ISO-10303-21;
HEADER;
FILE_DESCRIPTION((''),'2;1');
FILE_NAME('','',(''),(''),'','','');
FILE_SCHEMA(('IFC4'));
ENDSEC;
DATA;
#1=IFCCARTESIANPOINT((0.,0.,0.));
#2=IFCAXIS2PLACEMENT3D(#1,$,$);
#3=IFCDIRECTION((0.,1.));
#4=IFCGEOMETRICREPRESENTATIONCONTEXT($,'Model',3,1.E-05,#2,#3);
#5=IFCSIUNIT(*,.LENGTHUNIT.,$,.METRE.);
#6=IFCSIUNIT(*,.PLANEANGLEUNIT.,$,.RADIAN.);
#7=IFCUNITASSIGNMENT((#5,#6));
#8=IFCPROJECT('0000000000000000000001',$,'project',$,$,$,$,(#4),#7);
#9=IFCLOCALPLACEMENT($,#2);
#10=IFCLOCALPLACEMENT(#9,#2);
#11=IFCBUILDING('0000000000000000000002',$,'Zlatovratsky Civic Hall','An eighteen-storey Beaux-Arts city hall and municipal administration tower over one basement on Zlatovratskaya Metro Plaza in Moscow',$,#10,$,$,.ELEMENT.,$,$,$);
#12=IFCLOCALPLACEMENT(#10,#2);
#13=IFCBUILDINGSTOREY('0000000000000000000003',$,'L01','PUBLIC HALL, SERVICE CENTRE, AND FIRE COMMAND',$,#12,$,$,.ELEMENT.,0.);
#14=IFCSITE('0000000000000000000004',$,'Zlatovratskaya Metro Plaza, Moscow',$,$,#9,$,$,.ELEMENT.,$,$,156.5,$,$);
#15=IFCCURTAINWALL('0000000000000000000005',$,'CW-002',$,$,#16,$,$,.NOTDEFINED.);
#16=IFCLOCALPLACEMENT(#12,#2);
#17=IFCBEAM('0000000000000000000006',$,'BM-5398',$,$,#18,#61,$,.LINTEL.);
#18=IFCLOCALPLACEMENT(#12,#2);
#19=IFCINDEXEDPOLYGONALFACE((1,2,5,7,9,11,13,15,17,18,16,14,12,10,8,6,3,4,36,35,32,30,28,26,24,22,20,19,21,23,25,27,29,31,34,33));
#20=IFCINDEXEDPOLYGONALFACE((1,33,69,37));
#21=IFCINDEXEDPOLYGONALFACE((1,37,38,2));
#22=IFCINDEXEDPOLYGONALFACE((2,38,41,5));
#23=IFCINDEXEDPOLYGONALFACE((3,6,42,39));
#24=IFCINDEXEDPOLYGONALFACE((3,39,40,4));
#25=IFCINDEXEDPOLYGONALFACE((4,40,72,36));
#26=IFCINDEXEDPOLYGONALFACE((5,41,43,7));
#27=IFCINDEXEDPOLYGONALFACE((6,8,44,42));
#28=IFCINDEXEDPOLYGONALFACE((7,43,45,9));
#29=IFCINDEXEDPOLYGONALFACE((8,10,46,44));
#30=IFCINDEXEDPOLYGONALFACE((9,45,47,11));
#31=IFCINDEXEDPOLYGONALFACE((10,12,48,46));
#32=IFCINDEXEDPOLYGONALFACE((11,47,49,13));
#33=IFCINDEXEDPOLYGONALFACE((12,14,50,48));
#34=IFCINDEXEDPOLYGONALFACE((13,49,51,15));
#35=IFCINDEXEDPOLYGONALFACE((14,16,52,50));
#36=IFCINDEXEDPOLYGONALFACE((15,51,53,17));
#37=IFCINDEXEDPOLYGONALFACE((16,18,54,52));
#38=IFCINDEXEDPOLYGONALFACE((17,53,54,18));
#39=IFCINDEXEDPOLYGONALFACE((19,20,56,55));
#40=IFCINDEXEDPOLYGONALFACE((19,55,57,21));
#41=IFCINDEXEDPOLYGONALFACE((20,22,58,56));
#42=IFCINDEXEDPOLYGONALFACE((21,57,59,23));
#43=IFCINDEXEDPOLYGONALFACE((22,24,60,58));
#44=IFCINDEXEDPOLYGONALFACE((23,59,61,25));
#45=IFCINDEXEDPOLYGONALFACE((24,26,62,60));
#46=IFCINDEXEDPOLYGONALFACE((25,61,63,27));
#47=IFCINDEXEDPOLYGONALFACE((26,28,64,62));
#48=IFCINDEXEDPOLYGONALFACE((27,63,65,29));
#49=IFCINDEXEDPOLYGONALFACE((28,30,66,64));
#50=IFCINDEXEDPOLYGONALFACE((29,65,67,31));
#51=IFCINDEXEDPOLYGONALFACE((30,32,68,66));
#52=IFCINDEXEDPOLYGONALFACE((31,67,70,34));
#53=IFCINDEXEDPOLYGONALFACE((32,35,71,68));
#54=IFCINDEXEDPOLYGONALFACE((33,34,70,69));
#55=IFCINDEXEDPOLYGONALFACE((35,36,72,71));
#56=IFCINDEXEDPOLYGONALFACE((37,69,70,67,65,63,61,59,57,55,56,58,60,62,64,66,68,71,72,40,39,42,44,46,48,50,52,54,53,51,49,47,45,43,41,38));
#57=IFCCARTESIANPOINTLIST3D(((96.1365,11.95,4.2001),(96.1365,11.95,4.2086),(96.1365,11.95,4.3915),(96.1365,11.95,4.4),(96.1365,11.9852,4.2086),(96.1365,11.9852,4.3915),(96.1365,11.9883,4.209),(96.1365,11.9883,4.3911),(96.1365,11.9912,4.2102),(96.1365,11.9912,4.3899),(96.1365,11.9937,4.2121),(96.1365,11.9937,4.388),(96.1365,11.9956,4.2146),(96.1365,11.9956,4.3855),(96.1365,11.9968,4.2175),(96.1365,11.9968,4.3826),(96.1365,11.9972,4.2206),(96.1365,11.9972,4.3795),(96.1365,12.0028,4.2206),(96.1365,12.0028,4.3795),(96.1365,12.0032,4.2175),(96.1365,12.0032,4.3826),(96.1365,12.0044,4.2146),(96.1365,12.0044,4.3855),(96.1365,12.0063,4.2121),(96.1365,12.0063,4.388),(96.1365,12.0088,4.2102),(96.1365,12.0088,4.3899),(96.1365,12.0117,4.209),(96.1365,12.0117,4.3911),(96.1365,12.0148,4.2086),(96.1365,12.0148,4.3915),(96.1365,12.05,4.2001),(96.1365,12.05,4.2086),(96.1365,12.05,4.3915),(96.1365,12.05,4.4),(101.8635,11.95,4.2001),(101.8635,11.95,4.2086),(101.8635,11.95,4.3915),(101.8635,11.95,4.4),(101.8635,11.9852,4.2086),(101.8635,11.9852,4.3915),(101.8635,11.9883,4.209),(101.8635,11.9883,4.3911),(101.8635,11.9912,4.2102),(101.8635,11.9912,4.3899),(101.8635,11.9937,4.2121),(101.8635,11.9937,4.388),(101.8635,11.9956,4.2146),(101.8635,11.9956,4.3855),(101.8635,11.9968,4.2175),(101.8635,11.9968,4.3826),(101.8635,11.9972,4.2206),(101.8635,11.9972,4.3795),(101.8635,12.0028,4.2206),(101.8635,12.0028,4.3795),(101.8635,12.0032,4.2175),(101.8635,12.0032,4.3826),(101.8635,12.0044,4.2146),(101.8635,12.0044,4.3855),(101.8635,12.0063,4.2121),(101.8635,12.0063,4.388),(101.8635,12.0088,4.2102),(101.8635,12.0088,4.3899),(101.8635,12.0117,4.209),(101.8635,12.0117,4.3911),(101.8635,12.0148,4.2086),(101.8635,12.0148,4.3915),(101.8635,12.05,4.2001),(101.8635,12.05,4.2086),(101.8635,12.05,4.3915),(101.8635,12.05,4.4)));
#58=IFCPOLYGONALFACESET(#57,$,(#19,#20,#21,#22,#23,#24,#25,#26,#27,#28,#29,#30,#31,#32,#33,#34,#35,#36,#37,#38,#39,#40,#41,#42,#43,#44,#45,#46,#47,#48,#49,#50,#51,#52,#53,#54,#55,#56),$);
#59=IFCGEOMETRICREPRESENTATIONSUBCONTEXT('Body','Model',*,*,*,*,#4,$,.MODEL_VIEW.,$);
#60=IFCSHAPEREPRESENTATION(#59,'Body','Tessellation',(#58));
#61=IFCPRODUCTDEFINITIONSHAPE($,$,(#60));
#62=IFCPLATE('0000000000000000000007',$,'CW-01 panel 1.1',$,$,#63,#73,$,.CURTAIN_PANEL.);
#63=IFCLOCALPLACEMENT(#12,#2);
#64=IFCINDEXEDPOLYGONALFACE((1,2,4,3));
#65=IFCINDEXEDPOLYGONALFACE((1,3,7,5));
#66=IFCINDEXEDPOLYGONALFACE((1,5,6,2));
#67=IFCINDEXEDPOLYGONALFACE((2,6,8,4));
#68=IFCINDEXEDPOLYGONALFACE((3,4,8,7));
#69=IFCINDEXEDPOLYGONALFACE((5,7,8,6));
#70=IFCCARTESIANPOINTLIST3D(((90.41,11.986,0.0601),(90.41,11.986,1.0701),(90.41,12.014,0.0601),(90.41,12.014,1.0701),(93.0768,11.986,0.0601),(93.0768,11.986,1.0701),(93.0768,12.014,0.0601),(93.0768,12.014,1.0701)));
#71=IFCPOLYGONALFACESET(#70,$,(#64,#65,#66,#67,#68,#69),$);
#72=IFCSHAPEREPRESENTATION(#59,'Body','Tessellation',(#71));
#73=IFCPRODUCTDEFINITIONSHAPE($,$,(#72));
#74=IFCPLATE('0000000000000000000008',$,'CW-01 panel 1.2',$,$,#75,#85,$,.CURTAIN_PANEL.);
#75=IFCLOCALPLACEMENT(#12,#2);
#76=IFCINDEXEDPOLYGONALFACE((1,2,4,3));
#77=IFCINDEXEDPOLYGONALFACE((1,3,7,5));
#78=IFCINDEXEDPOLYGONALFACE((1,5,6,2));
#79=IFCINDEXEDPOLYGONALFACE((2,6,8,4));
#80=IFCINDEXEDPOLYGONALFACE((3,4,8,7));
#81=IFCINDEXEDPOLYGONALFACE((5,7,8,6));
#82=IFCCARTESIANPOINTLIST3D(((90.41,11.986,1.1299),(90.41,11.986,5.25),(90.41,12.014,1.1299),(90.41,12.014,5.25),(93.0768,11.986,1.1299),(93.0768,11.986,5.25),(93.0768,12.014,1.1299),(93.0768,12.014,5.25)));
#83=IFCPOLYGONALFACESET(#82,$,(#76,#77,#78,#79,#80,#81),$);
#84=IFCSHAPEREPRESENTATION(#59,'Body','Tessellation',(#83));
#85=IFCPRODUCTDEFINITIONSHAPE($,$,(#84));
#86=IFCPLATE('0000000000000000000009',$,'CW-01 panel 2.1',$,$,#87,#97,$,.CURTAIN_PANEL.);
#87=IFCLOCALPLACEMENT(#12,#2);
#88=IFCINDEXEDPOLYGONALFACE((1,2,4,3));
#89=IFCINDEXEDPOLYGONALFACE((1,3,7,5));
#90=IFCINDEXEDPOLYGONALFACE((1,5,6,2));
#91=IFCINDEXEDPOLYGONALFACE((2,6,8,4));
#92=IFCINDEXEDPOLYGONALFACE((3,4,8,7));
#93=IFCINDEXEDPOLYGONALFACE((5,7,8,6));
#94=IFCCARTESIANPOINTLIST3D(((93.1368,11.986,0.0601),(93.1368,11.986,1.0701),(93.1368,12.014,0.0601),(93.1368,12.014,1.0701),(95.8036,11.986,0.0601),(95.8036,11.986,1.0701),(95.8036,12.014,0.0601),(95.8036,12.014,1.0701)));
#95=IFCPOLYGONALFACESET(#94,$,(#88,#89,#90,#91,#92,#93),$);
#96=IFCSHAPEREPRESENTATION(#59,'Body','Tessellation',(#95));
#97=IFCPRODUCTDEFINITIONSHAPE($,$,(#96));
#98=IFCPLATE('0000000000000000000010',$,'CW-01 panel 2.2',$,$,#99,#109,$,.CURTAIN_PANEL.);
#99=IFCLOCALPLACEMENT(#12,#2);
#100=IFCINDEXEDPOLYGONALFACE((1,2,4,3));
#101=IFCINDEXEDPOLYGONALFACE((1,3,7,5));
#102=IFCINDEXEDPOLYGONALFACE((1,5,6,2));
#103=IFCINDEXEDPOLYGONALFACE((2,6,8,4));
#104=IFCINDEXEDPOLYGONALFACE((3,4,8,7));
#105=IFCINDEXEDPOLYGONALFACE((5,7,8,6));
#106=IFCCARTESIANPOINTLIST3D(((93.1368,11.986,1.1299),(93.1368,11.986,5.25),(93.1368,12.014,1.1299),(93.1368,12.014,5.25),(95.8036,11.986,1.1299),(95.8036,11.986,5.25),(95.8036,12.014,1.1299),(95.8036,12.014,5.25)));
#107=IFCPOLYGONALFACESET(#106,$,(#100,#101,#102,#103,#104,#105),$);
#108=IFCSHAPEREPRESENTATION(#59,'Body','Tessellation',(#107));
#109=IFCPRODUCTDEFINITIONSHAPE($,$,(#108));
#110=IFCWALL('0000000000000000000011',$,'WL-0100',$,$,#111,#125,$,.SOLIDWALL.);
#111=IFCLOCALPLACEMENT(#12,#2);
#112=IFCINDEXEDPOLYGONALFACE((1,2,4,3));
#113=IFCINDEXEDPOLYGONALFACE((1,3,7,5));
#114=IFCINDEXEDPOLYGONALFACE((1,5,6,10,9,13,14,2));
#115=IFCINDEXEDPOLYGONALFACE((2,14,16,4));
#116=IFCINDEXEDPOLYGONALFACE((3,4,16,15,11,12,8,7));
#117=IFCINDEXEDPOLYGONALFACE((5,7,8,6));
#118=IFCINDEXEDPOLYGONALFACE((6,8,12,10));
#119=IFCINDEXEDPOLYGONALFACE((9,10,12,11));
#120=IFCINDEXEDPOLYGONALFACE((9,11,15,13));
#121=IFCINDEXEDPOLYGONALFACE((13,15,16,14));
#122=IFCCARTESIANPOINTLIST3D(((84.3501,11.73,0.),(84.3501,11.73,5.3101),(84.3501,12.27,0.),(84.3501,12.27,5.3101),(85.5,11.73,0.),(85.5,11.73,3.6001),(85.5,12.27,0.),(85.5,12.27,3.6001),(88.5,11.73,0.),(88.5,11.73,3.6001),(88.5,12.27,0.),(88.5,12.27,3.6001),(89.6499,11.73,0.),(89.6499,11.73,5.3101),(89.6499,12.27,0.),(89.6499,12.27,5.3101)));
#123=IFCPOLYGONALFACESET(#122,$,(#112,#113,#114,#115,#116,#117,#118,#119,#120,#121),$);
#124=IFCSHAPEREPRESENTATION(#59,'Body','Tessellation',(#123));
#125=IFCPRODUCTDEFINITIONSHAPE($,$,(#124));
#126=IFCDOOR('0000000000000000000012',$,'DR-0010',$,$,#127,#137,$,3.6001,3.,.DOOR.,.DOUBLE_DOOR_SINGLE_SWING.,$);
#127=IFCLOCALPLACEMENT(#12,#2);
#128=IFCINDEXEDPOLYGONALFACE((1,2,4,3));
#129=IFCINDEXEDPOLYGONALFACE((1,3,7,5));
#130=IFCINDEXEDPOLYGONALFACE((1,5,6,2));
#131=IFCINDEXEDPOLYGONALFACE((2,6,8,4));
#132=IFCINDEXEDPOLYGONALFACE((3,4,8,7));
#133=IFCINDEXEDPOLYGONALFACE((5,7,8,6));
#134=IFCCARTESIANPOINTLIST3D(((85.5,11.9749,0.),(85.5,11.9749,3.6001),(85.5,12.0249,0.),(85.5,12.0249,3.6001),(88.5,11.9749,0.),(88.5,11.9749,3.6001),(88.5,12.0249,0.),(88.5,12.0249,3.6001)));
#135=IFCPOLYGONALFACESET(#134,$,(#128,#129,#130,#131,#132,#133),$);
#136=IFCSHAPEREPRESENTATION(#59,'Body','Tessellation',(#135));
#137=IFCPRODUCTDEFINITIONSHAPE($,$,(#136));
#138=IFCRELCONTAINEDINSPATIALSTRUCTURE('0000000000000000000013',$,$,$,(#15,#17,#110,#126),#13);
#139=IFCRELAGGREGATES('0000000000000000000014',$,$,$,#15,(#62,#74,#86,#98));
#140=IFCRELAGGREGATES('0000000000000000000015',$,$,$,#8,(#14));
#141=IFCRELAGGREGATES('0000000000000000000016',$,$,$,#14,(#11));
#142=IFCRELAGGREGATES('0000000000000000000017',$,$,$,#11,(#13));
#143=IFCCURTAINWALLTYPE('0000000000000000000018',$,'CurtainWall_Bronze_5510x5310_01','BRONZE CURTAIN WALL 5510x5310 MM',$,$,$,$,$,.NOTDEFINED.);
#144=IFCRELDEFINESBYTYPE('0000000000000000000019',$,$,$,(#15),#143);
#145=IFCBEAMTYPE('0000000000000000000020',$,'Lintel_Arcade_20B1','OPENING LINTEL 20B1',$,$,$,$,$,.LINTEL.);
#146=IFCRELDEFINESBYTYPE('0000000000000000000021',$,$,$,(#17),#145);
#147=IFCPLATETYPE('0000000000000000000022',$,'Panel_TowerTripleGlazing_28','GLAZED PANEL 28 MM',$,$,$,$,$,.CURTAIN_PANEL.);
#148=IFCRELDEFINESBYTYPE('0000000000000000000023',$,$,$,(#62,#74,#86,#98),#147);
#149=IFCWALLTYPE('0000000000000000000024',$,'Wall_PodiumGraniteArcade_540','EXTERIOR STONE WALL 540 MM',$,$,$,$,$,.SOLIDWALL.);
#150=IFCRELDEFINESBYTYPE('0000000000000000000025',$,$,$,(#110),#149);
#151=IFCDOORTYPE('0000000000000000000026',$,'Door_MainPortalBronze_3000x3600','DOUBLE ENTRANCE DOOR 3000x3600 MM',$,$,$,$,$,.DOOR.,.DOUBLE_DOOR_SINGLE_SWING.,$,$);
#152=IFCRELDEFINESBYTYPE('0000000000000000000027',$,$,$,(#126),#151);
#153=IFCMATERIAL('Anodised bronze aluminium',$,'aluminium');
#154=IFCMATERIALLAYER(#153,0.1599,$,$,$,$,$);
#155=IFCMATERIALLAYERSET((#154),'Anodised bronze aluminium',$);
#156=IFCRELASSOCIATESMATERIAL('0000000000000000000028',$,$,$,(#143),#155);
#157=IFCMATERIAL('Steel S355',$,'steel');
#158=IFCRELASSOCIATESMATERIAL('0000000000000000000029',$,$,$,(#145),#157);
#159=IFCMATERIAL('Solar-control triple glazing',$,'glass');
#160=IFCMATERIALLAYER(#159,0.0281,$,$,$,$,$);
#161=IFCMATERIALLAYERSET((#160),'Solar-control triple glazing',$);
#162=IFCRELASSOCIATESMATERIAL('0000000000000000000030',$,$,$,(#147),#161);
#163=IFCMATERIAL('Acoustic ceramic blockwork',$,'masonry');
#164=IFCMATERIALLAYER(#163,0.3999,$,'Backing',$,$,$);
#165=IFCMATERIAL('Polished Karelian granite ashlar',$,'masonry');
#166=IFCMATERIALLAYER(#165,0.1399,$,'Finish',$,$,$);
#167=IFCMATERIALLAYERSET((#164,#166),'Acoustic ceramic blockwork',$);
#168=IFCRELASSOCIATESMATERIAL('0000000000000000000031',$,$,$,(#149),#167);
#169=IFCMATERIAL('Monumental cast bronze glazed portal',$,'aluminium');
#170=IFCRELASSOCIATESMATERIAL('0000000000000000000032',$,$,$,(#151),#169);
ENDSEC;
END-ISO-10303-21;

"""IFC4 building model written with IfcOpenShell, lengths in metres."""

from ifc_helpers import new_model, si_unit, direction, frame, frame_2d, origin, origin_2d, place, context, subcontext, project, spatial, rectangle, i_section, extrude, material, layer, layer_set, material_profile, profile_set, type_object, element, fill, aggregate, save


model = new_model("IFC4")

# Units and contexts
model_context = context("Model", 3, precision=1e-05, world=origin(), true_north=direction((0.0, 1.0)))
body_context = subcontext(model_context, "Body", "Model", "MODEL_VIEW")
ifc_project = project(units=[si_unit("LENGTHUNIT", "METRE"), si_unit("PLANEANGLEUNIT", "RADIAN")], contexts=[model_context])

# Site, building, storey
site_placement = place(None, origin())
site = spatial("IfcSite", under=ifc_project, at=site_placement, Name="Zlatovratskaya Metro Plaza, Moscow", CompositionType="ELEMENT", RefElevation=156.5)
building_placement = place(site_placement, origin())
building = spatial("IfcBuilding", under=site, at=building_placement, Name="Zlatovratsky Civic Hall", Description="An eighteen-storey Beaux-Arts city hall and municipal administration tower over one basement on Zlatovratskaya Metro Plaza in Moscow", CompositionType="ELEMENT")
storey_placement = place(building_placement, origin())
storey = spatial("IfcBuildingStorey", under=building, at=storey_placement, Name="L01", Description="PUBLIC HALL, SERVICE CENTRE, AND FIRE COMMAND", CompositionType="ELEMENT", Elevation=0.0)

# Shared definitions
ifc_material_1 = material(Name="Steel S355", Category="steel")

# Curtain wall
ifc_material_2 = material(Name="Anodised bronze aluminium", Category="aluminium")
ifc_layer_1 = layer(ifc_material_2, 0.1599)
ifc_layer_set_1 = layer_set([ifc_layer_1], Name="Anodised bronze aluminium")
curtain_wall_type = type_object("IfcCurtainWallType", Name="CurtainWall_Bronze_5510x5310_01", Description="BRONZE CURTAIN WALL 5510x5310 MM", PredefinedType="NOTDEFINED", material=ifc_layer_set_1)
curtain_wall_placement = place(storey_placement, origin())
curtain_wall = element("IfcCurtainWall", 1, at=curtain_wall_placement, inside=storey, type_object=curtain_wall_type, Name="CW-002", PredefinedType="NOTDEFINED")

# Beam
ifc_material_profile_1 = material_profile(ifc_material_1, i_section(OverallWidth=0.1001, OverallDepth=0.2, WebThickness=0.0056, FlangeThickness=0.0085, FilletRadius=0.012, at=origin_2d()), Name="20B1")
ifc_profile_set_1 = profile_set([ifc_material_profile_1], Name="Steel S355")
beam_type_1 = type_object("IfcBeamType", Name="Lintel_Arcade_20B1", Description="OPENING LINTEL 20B1", PredefinedType="LINTEL", material=ifc_profile_set_1)
beam_1_placement = place(storey_placement, frame((96.1365, 12.0, 4.3), z_axis=(1.0, 0.0, 0.0), x_axis=(0.0, 1.0, 0.0)))
element("IfcBeam", 2, at=beam_1_placement, inside=storey, type_object=beam_type_1, Name="BM-5398", PredefinedType="LINTEL", context=body_context, shape_type="SweptSolid", body=[
    extrude(i_section(OverallWidth=0.1001, OverallDepth=0.2, WebThickness=0.0056, FlangeThickness=0.0085, FilletRadius=0.012, at=origin_2d()), origin(), (0.0, 0.0, 1.0), 5.7271),
])

# Plates
ifc_material_3 = material(Name="Solar-control triple glazing", Category="glass")
ifc_layer_2 = layer(ifc_material_3, 0.0281)
ifc_layer_set_2 = layer_set([ifc_layer_2], Name="Solar-control triple glazing")
plate_type = type_object("IfcPlateType", Name="Panel_TowerTripleGlazing_28", Description="GLAZED PANEL 28 MM", PredefinedType="CURTAIN_PANEL", material=ifc_layer_set_2)
plate_1_placement = place(storey_placement, frame((91.7434, 12.0, 0.0601), z_axis=(0.0, 0.0, 1.0), x_axis=(1.0, 0.0, 0.0)))
plate_1 = element("IfcPlate", 3, at=plate_1_placement, type_object=plate_type, Name="CW-01 panel 1.1", PredefinedType="CURTAIN_PANEL", context=body_context, shape_type="SweptSolid", body=[
    extrude(rectangle(XDim=2.6667, YDim=0.0281, at=origin_2d()), origin(), (0.0, 0.0, 1.0), 1.01),
])
plate_2_placement = place(storey_placement, frame((91.7434, 12.0, 1.1299), z_axis=(0.0, 0.0, 1.0), x_axis=(1.0, 0.0, 0.0)))
plate_2 = element("IfcPlate", 4, at=plate_2_placement, type_object=plate_type, Name="CW-01 panel 1.2", PredefinedType="CURTAIN_PANEL", context=body_context, shape_type="SweptSolid", body=[
    extrude(rectangle(XDim=2.6667, YDim=0.0281, at=origin_2d()), origin(), (0.0, 0.0, 1.0), 4.1201),
])
plate_3_placement = place(storey_placement, frame((94.4702, 12.0, 0.0601), z_axis=(0.0, 0.0, 1.0), x_axis=(1.0, 0.0, 0.0)))
plate_3 = element("IfcPlate", 5, at=plate_3_placement, type_object=plate_type, Name="CW-01 panel 2.1", PredefinedType="CURTAIN_PANEL", context=body_context, shape_type="SweptSolid", body=[
    extrude(rectangle(XDim=2.6667, YDim=0.0281, at=origin_2d()), origin(), (0.0, 0.0, 1.0), 1.01),
])
plate_4_placement = place(storey_placement, frame((94.4702, 12.0, 1.1299), z_axis=(0.0, 0.0, 1.0), x_axis=(1.0, 0.0, 0.0)))
plate_4 = element("IfcPlate", 6, at=plate_4_placement, type_object=plate_type, Name="CW-01 panel 2.2", PredefinedType="CURTAIN_PANEL", context=body_context, shape_type="SweptSolid", body=[
    extrude(rectangle(XDim=2.6667, YDim=0.0281, at=origin_2d()), origin(), (0.0, 0.0, 1.0), 4.1201),
])
aggregate(curtain_wall, [plate_1, plate_2, plate_3, plate_4])

# Wall, opening, door
ifc_material_4 = material(Name="Acoustic ceramic blockwork", Category="masonry")
ifc_layer_3 = layer(ifc_material_4, 0.3999, Name="Backing")
ifc_material_5 = material(Name="Polished Karelian granite ashlar", Category="masonry")
ifc_layer_4 = layer(ifc_material_5, 0.1399, Name="Finish")
ifc_layer_set_3 = layer_set([ifc_layer_3, ifc_layer_4], Name="Acoustic ceramic blockwork")
wall_type = type_object("IfcWallType", Name="Wall_PodiumGraniteArcade_540", Description="EXTERIOR STONE WALL 540 MM", PredefinedType="SOLIDWALL", material=ifc_layer_set_3)
wall_1_placement = place(storey_placement, frame((84.3501, 12.0, 0.0), z_axis=(0.0, 0.0, 1.0), x_axis=(1.0, 0.0, 0.0)))
wall_1 = element("IfcWall", 7, at=wall_1_placement, inside=storey, type_object=wall_type, Name="WL-0100", PredefinedType="SOLIDWALL", context=body_context, shape_type="SweptSolid", body=[
    extrude(rectangle(XDim=5.2998, YDim=0.54, at=frame_2d((2.6499, 0.0))), origin(), (0.0, 0.0, 1.0), 5.3101),
])
opening_1_placement = place(wall_1_placement, frame((1.1499, 0.0, 0.0)))
opening_1 = element("IfcOpeningElement", 8, at=opening_1_placement, cuts=wall_1, PredefinedType="OPENING", context=body_context, shape_type="SweptSolid", body=[
    extrude(rectangle(XDim=3.0, YDim=3.6001, at=frame_2d((1.5, 1.8))), frame((0.0, 0.2849, 0.0), z_axis=(0.0, -1.0, 0.0), x_axis=(1.0, 0.0, 0.0)), (0.0, 0.0, 1.0), 0.5698),
])
ifc_material_6 = material(Name="Monumental cast bronze glazed portal", Category="aluminium")
door_type_1 = type_object("IfcDoorType", Name="Door_MainPortalBronze_3000x3600", Description="DOUBLE ENTRANCE DOOR 3000x3600 MM", OperationType="DOUBLE_DOOR_SINGLE_SWING", PredefinedType="DOOR", material=ifc_material_6)
door_1_placement = place(opening_1_placement, origin())
door_1 = element("IfcDoor", 9, at=door_1_placement, inside=storey, type_object=door_type_1, Name="DR-0010", OperationType="DOUBLE_DOOR_SINGLE_SWING", OverallHeight=3.6001, OverallWidth=3.0, PredefinedType="DOOR", context=body_context, shape_type="SweptSolid", body=[
    extrude(rectangle(XDim=3.0, YDim=3.6001, at=frame_2d((1.5, 1.8))), frame((0.0, 0.0249, 0.0), z_axis=(0.0, -1.0, 0.0), x_axis=(1.0, 0.0, 0.0)), (0.0, 0.0, 1.0), 0.05),
])
fill(opening_1, door_1)

save(model, "model.ifc")
